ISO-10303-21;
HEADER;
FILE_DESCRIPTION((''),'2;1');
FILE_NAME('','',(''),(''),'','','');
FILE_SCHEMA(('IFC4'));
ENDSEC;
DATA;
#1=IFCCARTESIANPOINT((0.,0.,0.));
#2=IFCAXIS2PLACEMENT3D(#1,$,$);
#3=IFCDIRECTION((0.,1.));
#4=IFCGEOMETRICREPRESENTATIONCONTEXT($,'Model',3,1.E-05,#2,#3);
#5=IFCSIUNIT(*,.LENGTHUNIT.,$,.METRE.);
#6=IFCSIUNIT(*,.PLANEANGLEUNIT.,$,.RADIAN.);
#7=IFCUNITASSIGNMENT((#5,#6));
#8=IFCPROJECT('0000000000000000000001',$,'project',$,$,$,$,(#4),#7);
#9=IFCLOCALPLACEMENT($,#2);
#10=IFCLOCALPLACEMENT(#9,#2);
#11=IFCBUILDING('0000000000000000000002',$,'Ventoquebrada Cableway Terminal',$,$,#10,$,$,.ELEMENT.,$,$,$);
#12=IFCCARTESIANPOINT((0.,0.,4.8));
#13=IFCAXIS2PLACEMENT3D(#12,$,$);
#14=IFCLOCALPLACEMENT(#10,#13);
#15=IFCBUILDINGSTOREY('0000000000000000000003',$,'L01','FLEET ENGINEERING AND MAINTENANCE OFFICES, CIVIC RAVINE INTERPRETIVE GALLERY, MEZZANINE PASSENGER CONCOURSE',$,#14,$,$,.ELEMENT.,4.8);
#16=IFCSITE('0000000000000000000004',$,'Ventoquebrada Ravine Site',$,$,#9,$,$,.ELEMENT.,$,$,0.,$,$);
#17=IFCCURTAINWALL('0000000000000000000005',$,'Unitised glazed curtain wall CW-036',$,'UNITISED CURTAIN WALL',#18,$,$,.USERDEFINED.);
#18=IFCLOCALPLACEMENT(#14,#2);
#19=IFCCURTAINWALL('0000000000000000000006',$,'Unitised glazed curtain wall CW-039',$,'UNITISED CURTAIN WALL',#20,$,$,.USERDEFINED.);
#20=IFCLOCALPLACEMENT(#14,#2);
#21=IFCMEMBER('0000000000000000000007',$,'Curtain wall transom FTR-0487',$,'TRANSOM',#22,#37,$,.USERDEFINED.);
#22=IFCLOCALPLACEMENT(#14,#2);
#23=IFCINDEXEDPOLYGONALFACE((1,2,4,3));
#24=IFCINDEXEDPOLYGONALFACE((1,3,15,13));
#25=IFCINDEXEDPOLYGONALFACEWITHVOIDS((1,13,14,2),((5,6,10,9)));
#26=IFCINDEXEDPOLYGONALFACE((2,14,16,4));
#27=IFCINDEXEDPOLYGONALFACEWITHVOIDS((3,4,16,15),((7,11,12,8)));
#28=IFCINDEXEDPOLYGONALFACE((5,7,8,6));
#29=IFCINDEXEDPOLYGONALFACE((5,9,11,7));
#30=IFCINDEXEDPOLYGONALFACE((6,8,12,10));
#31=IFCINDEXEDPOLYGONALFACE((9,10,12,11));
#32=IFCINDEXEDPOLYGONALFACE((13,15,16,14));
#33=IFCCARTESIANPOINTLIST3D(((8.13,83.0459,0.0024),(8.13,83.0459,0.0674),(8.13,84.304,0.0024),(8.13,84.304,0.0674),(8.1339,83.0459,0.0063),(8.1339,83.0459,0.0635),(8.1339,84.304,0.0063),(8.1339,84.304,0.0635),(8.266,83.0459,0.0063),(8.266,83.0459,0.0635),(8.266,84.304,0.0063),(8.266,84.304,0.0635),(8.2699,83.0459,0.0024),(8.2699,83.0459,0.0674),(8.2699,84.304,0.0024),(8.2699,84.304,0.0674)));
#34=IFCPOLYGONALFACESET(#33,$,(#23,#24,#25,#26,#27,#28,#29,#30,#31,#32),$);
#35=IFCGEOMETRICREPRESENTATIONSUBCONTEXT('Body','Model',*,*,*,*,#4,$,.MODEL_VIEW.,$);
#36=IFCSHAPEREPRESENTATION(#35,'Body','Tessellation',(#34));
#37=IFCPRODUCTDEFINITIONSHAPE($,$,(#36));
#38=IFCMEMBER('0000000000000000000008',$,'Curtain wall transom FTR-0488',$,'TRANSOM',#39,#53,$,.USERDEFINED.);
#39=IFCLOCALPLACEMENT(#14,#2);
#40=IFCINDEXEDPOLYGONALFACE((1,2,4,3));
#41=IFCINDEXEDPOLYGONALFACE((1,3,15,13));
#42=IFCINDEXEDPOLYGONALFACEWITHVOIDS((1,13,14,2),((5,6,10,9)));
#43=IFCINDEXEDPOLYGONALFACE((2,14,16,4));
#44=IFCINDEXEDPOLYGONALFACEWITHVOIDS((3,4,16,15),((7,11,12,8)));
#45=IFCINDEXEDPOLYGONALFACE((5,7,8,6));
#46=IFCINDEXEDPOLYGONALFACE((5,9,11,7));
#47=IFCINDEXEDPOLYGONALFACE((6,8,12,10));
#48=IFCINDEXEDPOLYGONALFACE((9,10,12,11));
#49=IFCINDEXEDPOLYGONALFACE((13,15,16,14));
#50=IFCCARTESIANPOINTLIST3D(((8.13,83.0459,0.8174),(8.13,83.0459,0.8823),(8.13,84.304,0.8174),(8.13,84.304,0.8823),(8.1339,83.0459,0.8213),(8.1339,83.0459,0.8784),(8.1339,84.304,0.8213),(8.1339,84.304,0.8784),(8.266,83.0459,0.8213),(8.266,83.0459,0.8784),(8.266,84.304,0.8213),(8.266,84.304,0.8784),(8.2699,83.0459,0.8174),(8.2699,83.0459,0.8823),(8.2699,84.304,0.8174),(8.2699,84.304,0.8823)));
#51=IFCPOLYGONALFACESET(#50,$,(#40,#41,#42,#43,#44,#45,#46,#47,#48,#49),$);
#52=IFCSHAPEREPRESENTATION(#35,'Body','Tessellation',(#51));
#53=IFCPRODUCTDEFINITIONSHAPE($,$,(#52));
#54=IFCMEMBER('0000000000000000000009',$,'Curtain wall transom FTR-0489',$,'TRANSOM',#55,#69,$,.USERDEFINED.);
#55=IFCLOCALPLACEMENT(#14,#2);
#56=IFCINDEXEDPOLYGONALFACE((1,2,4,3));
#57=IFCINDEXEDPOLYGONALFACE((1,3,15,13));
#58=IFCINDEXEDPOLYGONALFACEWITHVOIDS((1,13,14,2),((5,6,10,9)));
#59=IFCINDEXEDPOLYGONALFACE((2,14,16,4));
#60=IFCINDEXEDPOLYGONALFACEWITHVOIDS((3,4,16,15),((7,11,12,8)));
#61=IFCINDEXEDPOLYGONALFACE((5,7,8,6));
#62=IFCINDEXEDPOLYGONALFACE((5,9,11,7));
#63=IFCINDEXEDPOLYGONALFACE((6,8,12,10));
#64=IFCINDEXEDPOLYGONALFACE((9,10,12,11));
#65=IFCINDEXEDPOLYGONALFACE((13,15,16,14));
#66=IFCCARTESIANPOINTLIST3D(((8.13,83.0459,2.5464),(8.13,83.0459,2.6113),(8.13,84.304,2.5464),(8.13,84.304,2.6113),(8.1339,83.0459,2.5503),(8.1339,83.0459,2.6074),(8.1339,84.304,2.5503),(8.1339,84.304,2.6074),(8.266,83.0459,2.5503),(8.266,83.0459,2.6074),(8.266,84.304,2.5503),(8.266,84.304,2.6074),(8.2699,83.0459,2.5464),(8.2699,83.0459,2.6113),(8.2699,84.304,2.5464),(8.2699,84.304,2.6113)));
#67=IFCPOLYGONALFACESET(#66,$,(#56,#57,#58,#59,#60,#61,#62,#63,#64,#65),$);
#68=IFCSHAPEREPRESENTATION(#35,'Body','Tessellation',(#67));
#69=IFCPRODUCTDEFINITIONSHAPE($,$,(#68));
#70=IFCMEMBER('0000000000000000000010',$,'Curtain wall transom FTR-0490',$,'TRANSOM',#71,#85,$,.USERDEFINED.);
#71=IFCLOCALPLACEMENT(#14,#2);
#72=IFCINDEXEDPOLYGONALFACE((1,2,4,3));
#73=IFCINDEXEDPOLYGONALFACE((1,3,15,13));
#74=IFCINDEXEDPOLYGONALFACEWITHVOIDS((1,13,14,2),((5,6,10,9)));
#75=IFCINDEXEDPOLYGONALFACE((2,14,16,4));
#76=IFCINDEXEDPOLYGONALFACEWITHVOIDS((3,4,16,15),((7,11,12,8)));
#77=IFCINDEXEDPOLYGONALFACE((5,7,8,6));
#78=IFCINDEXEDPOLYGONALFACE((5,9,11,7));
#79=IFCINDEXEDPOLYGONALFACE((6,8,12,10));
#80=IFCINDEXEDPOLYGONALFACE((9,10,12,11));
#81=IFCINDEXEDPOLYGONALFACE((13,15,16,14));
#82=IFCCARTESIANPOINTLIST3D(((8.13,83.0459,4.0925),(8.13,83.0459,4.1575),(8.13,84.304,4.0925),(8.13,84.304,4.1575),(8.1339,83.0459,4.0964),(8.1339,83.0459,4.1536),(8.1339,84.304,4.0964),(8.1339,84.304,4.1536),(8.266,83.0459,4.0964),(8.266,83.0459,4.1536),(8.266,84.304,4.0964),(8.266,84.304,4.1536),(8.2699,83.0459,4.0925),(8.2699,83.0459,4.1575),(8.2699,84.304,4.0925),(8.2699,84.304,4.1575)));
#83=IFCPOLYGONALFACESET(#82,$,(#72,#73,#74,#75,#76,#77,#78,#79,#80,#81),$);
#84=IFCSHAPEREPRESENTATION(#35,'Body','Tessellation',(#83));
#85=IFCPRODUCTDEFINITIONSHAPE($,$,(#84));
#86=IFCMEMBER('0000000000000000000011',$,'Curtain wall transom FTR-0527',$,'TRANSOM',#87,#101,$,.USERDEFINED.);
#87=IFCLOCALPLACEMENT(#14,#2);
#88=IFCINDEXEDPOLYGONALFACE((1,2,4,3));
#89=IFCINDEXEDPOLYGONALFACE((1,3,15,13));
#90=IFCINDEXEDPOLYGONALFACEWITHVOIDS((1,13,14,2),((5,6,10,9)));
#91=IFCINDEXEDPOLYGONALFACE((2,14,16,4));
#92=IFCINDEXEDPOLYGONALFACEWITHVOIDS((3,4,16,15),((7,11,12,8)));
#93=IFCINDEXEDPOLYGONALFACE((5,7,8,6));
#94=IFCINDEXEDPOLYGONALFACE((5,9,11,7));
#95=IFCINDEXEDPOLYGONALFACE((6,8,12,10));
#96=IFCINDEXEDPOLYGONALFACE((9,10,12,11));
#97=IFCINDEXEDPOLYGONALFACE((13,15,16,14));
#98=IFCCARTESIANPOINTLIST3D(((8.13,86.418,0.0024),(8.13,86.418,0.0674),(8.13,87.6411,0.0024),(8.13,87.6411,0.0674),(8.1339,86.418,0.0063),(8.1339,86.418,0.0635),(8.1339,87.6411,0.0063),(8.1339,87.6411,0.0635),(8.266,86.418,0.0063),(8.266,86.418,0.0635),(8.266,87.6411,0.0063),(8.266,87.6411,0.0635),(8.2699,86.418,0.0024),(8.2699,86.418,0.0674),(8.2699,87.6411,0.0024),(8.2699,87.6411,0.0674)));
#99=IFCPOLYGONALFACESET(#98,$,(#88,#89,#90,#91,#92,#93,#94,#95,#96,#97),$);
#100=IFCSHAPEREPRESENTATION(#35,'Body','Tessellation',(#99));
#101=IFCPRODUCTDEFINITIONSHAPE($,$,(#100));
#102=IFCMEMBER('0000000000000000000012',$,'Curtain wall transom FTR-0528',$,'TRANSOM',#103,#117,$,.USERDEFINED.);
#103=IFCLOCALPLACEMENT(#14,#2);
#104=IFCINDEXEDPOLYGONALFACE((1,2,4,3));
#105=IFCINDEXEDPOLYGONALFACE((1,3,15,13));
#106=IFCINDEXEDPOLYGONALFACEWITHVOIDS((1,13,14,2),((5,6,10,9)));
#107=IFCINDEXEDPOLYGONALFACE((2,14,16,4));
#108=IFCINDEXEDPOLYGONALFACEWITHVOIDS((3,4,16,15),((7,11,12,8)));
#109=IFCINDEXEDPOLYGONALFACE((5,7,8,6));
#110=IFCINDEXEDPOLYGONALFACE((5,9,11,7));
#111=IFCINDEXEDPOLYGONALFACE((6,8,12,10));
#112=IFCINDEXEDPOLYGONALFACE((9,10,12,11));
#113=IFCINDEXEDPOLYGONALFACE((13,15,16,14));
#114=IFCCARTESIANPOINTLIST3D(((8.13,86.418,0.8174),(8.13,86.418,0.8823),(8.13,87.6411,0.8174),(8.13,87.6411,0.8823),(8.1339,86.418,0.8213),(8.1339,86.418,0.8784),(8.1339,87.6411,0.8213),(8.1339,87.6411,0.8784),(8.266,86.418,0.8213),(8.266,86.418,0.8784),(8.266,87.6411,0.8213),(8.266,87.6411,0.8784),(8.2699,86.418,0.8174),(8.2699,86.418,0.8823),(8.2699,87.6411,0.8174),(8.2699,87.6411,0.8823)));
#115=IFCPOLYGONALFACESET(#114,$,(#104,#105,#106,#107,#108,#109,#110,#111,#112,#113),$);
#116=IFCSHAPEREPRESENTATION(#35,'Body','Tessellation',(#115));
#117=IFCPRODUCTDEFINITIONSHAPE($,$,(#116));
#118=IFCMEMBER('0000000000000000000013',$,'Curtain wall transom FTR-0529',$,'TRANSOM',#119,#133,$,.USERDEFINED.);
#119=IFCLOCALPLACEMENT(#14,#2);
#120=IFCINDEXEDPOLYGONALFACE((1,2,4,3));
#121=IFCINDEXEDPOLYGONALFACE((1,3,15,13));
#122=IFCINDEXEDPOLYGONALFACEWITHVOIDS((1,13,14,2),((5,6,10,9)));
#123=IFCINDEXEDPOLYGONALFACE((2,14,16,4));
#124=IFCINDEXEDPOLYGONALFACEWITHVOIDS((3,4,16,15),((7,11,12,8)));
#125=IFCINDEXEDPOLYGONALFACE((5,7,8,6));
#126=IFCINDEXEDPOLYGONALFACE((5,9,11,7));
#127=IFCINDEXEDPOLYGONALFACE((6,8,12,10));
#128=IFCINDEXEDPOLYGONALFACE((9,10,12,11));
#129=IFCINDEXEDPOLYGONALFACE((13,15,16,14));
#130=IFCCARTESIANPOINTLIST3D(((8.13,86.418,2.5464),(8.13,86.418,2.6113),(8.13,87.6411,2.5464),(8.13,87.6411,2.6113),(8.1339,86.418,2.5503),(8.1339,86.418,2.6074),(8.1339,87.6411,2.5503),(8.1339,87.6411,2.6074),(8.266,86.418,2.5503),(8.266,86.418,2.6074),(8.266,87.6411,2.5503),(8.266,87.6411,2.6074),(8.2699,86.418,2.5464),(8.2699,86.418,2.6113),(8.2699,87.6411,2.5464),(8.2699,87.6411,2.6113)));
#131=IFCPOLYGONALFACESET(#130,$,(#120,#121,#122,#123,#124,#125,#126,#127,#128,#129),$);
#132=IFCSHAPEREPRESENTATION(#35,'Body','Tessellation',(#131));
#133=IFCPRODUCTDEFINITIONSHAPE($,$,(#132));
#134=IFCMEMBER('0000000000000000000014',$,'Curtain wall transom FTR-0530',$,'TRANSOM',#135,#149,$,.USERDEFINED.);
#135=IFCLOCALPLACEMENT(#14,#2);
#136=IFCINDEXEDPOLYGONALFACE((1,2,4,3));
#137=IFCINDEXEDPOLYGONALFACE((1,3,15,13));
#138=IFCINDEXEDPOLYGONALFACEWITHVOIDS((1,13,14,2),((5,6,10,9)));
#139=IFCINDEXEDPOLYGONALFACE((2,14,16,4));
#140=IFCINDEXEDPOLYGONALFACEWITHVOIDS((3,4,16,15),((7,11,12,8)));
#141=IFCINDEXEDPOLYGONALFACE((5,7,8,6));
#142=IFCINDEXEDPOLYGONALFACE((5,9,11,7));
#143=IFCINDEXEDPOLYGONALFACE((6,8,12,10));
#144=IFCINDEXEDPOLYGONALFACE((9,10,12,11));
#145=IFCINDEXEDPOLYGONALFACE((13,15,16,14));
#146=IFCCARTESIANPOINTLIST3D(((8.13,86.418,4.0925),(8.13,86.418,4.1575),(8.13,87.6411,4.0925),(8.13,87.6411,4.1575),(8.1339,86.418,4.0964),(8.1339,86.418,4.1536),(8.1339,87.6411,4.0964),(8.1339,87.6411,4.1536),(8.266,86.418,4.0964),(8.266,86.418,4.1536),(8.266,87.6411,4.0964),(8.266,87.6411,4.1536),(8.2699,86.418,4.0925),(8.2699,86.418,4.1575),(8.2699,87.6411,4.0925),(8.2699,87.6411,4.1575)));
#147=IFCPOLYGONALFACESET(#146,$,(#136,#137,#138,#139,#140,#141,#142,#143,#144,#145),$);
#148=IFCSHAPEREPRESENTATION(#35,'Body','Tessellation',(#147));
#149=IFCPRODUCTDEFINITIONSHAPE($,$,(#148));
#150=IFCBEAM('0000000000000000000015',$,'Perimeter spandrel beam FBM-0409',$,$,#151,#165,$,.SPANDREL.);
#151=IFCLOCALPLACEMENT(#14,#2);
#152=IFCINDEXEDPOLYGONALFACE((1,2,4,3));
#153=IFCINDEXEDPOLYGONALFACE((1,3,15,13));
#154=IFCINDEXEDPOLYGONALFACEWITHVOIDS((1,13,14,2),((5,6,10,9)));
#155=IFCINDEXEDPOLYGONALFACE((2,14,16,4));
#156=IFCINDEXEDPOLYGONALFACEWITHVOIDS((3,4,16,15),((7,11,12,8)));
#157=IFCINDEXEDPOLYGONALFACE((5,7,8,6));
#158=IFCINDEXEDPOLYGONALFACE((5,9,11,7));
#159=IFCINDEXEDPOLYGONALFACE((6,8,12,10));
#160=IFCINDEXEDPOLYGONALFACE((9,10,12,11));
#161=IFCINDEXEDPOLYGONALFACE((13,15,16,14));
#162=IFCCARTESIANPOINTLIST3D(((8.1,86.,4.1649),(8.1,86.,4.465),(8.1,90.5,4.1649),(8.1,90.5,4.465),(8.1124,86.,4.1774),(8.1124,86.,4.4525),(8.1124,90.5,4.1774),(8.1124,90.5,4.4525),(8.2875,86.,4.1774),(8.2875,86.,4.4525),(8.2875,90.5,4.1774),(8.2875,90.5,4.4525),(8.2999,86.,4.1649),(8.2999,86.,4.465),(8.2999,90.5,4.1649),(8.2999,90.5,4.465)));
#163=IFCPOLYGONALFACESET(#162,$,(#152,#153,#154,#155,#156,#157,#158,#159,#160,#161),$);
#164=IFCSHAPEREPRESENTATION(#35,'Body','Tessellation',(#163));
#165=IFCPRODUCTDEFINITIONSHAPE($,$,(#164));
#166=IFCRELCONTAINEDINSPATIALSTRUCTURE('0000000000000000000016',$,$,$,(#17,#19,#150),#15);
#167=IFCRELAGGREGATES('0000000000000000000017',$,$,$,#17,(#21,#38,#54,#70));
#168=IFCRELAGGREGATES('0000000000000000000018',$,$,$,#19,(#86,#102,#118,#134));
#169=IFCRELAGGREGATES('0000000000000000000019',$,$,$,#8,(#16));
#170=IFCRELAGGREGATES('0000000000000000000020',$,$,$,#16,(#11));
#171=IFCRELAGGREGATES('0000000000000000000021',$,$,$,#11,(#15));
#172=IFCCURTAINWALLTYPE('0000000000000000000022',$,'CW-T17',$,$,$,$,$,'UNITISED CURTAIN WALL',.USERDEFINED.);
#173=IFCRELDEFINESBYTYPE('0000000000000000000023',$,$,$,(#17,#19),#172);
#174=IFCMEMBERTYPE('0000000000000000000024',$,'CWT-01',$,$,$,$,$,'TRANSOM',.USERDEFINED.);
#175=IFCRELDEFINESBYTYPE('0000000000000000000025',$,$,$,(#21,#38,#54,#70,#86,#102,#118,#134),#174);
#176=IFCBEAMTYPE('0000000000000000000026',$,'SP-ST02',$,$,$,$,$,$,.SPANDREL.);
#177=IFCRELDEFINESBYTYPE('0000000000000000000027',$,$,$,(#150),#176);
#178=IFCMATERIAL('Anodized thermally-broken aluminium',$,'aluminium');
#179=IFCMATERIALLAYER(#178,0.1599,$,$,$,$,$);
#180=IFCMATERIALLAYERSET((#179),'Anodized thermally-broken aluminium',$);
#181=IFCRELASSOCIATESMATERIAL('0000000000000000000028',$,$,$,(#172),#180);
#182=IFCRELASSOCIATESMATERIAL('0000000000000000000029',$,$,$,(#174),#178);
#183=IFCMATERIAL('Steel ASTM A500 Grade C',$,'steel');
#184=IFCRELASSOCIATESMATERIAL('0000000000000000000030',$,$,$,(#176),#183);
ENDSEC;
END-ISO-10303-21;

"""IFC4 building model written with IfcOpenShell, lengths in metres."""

from ifc_helpers import new_model, si_unit, direction, frame, origin, origin_2d, place, context, subcontext, project, spatial, hollow_rectangle, extrude, material, layer, layer_set, material_profile, profile_set, type_object, element, aggregate, save


model = new_model("IFC4")

# Units and contexts
model_context = context("Model", 3, precision=1e-05, world=origin(), true_north=direction((0.0, 1.0)))
body_context = subcontext(model_context, "Body", "Model", "MODEL_VIEW")
ifc_project = project(units=[si_unit("LENGTHUNIT", "METRE"), si_unit("PLANEANGLEUNIT", "RADIAN")], contexts=[model_context])

# Site, building, storey
site_placement = place(None, origin())
site = spatial("IfcSite", under=ifc_project, at=site_placement, Name="Ventoquebrada Ravine Site", CompositionType="ELEMENT", RefElevation=0.0)
building_placement = place(site_placement, origin())
building = spatial("IfcBuilding", under=site, at=building_placement, Name="Ventoquebrada Cableway Terminal", CompositionType="ELEMENT")
storey_placement = place(building_placement, frame((0.0, 0.0, 4.8)))
storey = spatial("IfcBuildingStorey", under=building, at=storey_placement, Name="L01", Description="FLEET ENGINEERING AND MAINTENANCE OFFICES, CIVIC RAVINE INTERPRETIVE GALLERY, MEZZANINE PASSENGER CONCOURSE", CompositionType="ELEMENT", Elevation=4.8)

# Curtain walls
ifc_material_1 = material(Name="Anodized thermally-broken aluminium", Category="aluminium")
ifc_layer_1 = layer(ifc_material_1, 0.1599)
ifc_layer_set_1 = layer_set([ifc_layer_1], Name="Anodized thermally-broken aluminium")
curtain_wall_type = type_object("IfcCurtainWallType", Name="CW-T17", ElementType="UNITISED CURTAIN WALL", PredefinedType="USERDEFINED", material=ifc_layer_set_1)
curtain_wall_1_placement = place(storey_placement, origin())
curtain_wall_1 = element("IfcCurtainWall", 1, at=curtain_wall_1_placement, inside=storey, type_object=curtain_wall_type, Name="Unitised glazed curtain wall CW-036", ObjectType="UNITISED CURTAIN WALL", PredefinedType="USERDEFINED")
curtain_wall_2_placement = place(storey_placement, origin())
curtain_wall_2 = element("IfcCurtainWall", 2, at=curtain_wall_2_placement, inside=storey, type_object=curtain_wall_type, Name="Unitised glazed curtain wall CW-039", ObjectType="UNITISED CURTAIN WALL", PredefinedType="USERDEFINED")

# Members
ifc_material_profile_1 = material_profile(ifc_material_1, hollow_rectangle(XDim=0.0649, YDim=0.1399, WallThickness=0.0039, at=origin_2d()), Name="CW-TRN-65X140")
ifc_profile_set_1 = profile_set([ifc_material_profile_1], Name="Anodized thermally-broken aluminium")
member_type_1 = type_object("IfcMemberType", Name="CWT-01", ElementType="TRANSOM", PredefinedType="USERDEFINED", material=ifc_profile_set_1)
member_1_placement = place(storey_placement, frame((8.2, 84.304, 0.0349), z_axis=(0.0, -1.0, 0.0), x_axis=(0.0, 0.0, 1.0)))
member_1 = element("IfcMember", 3, at=member_1_placement, type_object=member_type_1, Name="Curtain wall transom FTR-0487", ObjectType="TRANSOM", PredefinedType="USERDEFINED", context=body_context, shape_type="SweptSolid", body=[
    extrude(hollow_rectangle(XDim=0.0649, YDim=0.1399, WallThickness=0.0039, at=origin_2d()), origin(), (0.0, 0.0, 1.0), 1.2581),
])
member_2_placement = place(storey_placement, frame((8.2, 84.304, 0.8499), z_axis=(0.0, -1.0, 0.0), x_axis=(0.0, 0.0, 1.0)))
member_2 = element("IfcMember", 4, at=member_2_placement, type_object=member_type_1, Name="Curtain wall transom FTR-0488", ObjectType="TRANSOM", PredefinedType="USERDEFINED", context=body_context, shape_type="SweptSolid", body=[
    extrude(hollow_rectangle(XDim=0.0649, YDim=0.1399, WallThickness=0.0039, at=origin_2d()), origin(), (0.0, 0.0, 1.0), 1.2581),
])
member_3_placement = place(storey_placement, frame((8.2, 84.304, 2.5789), z_axis=(0.0, -1.0, 0.0), x_axis=(0.0, 0.0, 1.0)))
member_3 = element("IfcMember", 5, at=member_3_placement, type_object=member_type_1, Name="Curtain wall transom FTR-0489", ObjectType="TRANSOM", PredefinedType="USERDEFINED", context=body_context, shape_type="SweptSolid", body=[
    extrude(hollow_rectangle(XDim=0.0649, YDim=0.1399, WallThickness=0.0039, at=origin_2d()), origin(), (0.0, 0.0, 1.0), 1.2581),
])
member_4_placement = place(storey_placement, frame((8.2, 84.304, 4.125), z_axis=(0.0, -1.0, 0.0), x_axis=(0.0, 0.0, 1.0)))
member_4 = element("IfcMember", 6, at=member_4_placement, type_object=member_type_1, Name="Curtain wall transom FTR-0490", ObjectType="TRANSOM", PredefinedType="USERDEFINED", context=body_context, shape_type="SweptSolid", body=[
    extrude(hollow_rectangle(XDim=0.0649, YDim=0.1399, WallThickness=0.0039, at=origin_2d()), origin(), (0.0, 0.0, 1.0), 1.2581),
])
member_5_placement = place(storey_placement, frame((8.2, 87.6411, 0.0349), z_axis=(0.0, -1.0, 0.0), x_axis=(0.0, 0.0, 1.0)))
member_5 = element("IfcMember", 7, at=member_5_placement, type_object=member_type_1, Name="Curtain wall transom FTR-0527", ObjectType="TRANSOM", PredefinedType="USERDEFINED", context=body_context, shape_type="SweptSolid", body=[
    extrude(hollow_rectangle(XDim=0.0649, YDim=0.1399, WallThickness=0.0039, at=origin_2d()), origin(), (0.0, 0.0, 1.0), 1.2231),
])
member_6_placement = place(storey_placement, frame((8.2, 87.6411, 0.8499), z_axis=(0.0, -1.0, 0.0), x_axis=(0.0, 0.0, 1.0)))
member_6 = element("IfcMember", 8, at=member_6_placement, type_object=member_type_1, Name="Curtain wall transom FTR-0528", ObjectType="TRANSOM", PredefinedType="USERDEFINED", context=body_context, shape_type="SweptSolid", body=[
    extrude(hollow_rectangle(XDim=0.0649, YDim=0.1399, WallThickness=0.0039, at=origin_2d()), origin(), (0.0, 0.0, 1.0), 1.2231),
])
member_7_placement = place(storey_placement, frame((8.2, 87.6411, 2.5789), z_axis=(0.0, -1.0, 0.0), x_axis=(0.0, 0.0, 1.0)))
member_7 = element("IfcMember", 9, at=member_7_placement, type_object=member_type_1, Name="Curtain wall transom FTR-0529", ObjectType="TRANSOM", PredefinedType="USERDEFINED", context=body_context, shape_type="SweptSolid", body=[
    extrude(hollow_rectangle(XDim=0.0649, YDim=0.1399, WallThickness=0.0039, at=origin_2d()), origin(), (0.0, 0.0, 1.0), 1.2231),
])
member_8_placement = place(storey_placement, frame((8.2, 87.6411, 4.125), z_axis=(0.0, -1.0, 0.0), x_axis=(0.0, 0.0, 1.0)))
member_8 = element("IfcMember", 10, at=member_8_placement, type_object=member_type_1, Name="Curtain wall transom FTR-0530", ObjectType="TRANSOM", PredefinedType="USERDEFINED", context=body_context, shape_type="SweptSolid", body=[
    extrude(hollow_rectangle(XDim=0.0649, YDim=0.1399, WallThickness=0.0039, at=origin_2d()), origin(), (0.0, 0.0, 1.0), 1.2231),
])

# Beam
ifc_material_2 = material(Name="Steel ASTM A500 Grade C", Category="steel")
ifc_material_profile_2 = material_profile(ifc_material_2, hollow_rectangle(XDim=0.2, YDim=0.3, WallThickness=0.0125, at=origin_2d()), Name="RHS300X200X12.5")
ifc_profile_set_2 = profile_set([ifc_material_profile_2], Name="Steel ASTM A500 Grade C")
beam_type_1 = type_object("IfcBeamType", Name="SP-ST02", PredefinedType="SPANDREL", material=ifc_profile_set_2)
beam_1_placement = place(storey_placement, frame((8.2, 86.0, 4.3149), z_axis=(0.0, 1.0, 0.0), x_axis=(-1.0, 0.0, 0.0)))
element("IfcBeam", 11, at=beam_1_placement, inside=storey, type_object=beam_type_1, Name="Perimeter spandrel beam FBM-0409", PredefinedType="SPANDREL", context=body_context, shape_type="SweptSolid", body=[
    extrude(hollow_rectangle(XDim=0.2, YDim=0.3, WallThickness=0.0125, at=origin_2d()), origin(), (0.0, 0.0, 1.0), 4.5),
])

aggregate(curtain_wall_1, [member_1, member_2, member_3, member_4])
aggregate(curtain_wall_2, [member_5, member_6, member_7, member_8])

save(model, "model.ifc")
